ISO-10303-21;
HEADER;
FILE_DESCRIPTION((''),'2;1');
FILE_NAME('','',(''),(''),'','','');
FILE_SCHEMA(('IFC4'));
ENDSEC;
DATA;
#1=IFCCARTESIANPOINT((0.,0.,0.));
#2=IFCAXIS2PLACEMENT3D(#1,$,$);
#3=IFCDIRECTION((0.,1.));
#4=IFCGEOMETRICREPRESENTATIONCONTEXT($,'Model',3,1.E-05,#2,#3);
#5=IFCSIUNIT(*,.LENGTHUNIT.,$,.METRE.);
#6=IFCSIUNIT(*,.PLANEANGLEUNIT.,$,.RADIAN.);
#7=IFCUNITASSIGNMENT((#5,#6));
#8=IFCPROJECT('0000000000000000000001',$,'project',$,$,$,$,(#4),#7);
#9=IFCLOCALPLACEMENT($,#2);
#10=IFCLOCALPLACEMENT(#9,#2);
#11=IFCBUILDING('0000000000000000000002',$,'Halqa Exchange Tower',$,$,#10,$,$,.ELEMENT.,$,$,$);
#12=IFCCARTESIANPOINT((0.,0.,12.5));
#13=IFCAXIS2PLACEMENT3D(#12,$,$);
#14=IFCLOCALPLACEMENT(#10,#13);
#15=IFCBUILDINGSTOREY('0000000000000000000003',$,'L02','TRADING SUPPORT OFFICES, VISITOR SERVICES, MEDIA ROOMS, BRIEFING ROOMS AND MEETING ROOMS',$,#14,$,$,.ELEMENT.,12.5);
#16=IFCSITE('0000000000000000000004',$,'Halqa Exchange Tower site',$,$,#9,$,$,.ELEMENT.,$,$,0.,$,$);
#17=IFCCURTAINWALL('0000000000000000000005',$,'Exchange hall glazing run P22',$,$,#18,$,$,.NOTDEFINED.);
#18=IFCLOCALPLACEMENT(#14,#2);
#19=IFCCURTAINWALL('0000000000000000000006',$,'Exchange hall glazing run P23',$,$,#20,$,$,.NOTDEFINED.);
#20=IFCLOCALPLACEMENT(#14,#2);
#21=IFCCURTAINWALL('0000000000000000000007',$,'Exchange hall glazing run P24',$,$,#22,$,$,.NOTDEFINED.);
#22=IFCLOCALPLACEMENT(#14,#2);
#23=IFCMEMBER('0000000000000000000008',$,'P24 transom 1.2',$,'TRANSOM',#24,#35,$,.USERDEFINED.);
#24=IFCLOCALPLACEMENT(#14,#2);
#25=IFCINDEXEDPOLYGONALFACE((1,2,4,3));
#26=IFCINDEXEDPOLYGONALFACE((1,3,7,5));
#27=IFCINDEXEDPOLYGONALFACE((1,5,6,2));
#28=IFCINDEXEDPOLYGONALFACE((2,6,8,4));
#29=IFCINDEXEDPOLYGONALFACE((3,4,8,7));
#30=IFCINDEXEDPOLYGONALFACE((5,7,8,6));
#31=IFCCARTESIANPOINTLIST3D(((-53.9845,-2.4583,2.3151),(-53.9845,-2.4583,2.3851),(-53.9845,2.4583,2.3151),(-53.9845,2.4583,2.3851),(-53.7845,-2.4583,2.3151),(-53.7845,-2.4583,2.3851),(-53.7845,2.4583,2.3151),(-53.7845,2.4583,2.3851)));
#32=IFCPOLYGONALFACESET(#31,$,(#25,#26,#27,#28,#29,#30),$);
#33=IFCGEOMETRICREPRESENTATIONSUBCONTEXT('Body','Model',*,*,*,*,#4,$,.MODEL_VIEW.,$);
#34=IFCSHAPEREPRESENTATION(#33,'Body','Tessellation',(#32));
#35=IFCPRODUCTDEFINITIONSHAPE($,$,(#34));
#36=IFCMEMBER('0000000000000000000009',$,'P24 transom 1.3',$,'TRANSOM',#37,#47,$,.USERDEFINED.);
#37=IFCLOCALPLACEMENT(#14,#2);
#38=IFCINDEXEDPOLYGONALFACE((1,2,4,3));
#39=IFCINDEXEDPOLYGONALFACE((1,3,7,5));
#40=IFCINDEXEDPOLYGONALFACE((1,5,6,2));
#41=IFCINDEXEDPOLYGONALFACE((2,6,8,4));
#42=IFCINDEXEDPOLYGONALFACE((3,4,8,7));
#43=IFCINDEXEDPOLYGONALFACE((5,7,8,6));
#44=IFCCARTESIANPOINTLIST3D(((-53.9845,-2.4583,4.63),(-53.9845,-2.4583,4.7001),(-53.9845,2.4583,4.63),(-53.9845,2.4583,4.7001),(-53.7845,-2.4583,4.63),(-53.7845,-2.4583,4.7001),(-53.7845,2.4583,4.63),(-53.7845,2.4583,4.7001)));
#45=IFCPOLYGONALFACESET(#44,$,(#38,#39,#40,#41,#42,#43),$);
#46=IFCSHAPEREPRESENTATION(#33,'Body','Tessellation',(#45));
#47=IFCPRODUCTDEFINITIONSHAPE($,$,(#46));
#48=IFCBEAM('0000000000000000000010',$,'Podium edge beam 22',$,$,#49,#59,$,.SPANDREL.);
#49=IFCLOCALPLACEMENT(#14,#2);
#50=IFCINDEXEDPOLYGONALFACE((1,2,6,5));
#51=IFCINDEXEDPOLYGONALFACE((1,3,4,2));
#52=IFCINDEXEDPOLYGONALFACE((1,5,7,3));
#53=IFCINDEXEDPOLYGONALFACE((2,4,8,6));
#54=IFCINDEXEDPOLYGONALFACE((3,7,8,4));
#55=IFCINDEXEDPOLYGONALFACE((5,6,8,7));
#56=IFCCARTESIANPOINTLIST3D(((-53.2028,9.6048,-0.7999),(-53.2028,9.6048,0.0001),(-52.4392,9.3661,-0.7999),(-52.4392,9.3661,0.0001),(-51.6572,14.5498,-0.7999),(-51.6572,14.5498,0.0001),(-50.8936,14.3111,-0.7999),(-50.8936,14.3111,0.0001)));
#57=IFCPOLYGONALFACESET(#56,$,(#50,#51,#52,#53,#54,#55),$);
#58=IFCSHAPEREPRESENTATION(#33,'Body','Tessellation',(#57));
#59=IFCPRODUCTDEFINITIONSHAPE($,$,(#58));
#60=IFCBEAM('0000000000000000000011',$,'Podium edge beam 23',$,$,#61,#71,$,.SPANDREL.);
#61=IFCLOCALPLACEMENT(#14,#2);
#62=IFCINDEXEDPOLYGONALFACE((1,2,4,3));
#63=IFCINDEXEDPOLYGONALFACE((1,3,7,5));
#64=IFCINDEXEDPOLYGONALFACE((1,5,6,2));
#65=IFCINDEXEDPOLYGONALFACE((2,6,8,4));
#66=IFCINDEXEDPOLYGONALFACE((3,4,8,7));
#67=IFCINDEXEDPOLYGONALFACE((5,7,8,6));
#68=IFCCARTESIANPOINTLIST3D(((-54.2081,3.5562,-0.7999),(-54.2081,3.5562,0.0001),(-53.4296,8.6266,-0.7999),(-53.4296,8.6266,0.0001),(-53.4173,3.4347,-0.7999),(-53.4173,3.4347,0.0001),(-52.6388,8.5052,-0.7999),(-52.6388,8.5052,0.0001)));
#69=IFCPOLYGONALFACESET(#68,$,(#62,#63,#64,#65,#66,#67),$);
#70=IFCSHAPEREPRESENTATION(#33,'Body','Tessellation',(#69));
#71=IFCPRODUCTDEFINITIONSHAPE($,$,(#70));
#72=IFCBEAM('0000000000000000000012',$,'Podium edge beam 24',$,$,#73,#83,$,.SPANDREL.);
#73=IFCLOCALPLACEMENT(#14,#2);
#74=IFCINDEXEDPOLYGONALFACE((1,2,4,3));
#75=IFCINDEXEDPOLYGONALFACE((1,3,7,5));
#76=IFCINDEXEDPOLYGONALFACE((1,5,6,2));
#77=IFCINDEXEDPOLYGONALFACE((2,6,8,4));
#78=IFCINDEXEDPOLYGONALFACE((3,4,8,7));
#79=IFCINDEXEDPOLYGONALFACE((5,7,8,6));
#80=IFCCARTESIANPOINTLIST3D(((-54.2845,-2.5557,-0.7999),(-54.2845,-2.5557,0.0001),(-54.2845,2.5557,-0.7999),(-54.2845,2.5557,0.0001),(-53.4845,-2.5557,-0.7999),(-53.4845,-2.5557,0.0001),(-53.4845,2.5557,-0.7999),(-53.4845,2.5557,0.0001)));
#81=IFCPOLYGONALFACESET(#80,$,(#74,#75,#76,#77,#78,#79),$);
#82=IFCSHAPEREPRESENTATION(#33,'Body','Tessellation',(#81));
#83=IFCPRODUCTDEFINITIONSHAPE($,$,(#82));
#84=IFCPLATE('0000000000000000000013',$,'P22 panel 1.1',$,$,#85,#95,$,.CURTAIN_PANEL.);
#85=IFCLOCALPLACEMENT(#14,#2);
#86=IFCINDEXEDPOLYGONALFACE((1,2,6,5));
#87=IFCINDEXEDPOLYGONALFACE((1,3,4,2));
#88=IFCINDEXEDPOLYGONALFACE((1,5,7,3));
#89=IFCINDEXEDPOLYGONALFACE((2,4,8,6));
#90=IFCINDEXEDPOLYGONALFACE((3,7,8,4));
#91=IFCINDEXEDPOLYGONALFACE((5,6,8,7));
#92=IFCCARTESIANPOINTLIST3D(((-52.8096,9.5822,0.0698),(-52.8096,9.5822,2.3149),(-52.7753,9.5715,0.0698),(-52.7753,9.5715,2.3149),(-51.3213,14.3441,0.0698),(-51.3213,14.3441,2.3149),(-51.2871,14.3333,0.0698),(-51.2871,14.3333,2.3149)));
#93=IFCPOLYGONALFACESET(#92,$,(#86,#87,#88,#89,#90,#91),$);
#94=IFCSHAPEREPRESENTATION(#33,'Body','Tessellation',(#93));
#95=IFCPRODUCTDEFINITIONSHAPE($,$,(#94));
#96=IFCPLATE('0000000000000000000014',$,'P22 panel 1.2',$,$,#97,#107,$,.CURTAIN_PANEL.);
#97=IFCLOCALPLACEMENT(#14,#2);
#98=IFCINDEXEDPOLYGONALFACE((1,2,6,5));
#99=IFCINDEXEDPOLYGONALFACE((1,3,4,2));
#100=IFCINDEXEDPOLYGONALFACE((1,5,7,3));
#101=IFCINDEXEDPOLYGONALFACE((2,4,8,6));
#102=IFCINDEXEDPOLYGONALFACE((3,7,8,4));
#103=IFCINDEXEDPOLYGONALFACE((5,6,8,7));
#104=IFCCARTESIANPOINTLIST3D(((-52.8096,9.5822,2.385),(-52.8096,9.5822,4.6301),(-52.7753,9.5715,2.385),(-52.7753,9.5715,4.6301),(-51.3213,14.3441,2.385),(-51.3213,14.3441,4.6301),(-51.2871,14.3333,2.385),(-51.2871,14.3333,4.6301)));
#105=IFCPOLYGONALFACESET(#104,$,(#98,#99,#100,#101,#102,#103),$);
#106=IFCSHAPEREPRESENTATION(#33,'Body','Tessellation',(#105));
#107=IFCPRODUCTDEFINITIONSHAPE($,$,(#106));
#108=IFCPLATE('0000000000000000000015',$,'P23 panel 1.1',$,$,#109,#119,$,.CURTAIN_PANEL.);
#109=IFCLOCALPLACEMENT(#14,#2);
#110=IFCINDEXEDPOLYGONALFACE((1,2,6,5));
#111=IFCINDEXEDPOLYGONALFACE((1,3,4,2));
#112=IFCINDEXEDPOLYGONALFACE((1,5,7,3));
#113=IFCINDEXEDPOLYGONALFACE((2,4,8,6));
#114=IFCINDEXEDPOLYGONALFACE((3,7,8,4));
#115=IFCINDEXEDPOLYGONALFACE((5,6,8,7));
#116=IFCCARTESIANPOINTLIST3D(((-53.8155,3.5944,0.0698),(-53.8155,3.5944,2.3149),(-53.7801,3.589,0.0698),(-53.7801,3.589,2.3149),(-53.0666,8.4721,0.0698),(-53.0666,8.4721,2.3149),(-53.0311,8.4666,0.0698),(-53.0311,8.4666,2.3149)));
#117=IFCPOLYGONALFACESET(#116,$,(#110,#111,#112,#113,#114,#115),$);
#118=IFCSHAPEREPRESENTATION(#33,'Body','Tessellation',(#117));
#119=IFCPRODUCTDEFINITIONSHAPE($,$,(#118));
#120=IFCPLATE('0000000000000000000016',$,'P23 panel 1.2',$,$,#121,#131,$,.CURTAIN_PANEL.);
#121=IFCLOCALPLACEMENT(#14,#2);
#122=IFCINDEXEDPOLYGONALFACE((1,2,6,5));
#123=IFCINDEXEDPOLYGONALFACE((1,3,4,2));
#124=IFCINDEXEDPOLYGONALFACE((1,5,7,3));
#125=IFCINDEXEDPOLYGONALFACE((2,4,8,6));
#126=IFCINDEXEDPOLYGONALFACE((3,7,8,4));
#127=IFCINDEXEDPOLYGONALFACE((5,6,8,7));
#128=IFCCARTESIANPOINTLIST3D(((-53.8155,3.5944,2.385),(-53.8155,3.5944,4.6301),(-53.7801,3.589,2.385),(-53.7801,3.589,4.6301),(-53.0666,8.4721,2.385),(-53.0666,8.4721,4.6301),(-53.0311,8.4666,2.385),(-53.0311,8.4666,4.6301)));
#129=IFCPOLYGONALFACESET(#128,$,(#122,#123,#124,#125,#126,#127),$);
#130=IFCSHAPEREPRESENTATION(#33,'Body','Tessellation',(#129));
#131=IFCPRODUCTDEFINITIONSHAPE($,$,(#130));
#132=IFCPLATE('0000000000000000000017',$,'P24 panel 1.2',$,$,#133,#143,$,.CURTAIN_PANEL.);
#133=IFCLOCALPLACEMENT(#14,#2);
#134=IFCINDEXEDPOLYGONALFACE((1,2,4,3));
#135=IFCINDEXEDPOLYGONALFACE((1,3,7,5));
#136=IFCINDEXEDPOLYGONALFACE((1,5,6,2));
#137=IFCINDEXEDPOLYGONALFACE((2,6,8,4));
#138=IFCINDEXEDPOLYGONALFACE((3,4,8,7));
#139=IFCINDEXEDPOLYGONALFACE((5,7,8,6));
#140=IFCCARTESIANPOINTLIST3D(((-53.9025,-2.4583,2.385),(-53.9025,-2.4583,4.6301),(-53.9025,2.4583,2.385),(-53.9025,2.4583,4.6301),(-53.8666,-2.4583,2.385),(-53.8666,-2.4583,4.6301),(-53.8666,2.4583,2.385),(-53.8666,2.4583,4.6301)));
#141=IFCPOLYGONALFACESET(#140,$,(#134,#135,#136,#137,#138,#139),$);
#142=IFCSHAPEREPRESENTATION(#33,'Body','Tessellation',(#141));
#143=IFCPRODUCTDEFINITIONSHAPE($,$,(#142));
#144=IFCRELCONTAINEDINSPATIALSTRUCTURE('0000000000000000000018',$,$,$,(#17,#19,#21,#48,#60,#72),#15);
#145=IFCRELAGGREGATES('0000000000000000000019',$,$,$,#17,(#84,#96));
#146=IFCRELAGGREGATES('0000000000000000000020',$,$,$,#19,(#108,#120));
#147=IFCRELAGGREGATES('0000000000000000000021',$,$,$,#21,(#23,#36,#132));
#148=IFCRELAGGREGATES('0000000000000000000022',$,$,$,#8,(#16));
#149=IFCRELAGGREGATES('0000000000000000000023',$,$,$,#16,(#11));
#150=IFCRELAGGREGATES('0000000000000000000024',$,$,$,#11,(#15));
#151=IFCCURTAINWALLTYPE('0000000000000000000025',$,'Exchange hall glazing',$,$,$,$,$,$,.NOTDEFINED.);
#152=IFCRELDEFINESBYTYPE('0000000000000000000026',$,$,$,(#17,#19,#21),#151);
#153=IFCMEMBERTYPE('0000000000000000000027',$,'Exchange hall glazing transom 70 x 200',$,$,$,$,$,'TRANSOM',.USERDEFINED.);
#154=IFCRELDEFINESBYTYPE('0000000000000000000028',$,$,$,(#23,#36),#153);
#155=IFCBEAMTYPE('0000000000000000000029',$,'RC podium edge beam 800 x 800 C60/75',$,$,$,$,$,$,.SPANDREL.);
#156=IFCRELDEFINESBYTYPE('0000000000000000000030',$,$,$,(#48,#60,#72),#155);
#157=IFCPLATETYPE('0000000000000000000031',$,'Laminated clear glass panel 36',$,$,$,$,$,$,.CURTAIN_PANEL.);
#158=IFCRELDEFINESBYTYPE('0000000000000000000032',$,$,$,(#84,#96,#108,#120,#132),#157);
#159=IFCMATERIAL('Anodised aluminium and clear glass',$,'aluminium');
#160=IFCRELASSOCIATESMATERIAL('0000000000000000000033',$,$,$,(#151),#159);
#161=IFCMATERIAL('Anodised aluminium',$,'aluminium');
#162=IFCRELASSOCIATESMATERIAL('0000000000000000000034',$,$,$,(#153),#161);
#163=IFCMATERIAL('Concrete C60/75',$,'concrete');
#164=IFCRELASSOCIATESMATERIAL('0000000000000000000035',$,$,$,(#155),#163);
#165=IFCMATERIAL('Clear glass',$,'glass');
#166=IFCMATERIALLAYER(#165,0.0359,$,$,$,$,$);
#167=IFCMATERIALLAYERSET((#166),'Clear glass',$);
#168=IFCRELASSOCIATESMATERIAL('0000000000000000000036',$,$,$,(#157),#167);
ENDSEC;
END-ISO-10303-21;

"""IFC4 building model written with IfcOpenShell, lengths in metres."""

from ifc_helpers import new_model, si_unit, direction, frame, origin, origin_2d, place, context, subcontext, project, spatial, rectangle, extrude, material, layer, layer_set, material_profile, profile_set, type_object, element, aggregate, save


model = new_model("IFC4")

# Units and contexts
model_context = context("Model", 3, precision=1e-05, world=origin(), true_north=direction((0.0, 1.0)))
body_context = subcontext(model_context, "Body", "Model", "MODEL_VIEW")
ifc_project = project(units=[si_unit("LENGTHUNIT", "METRE"), si_unit("PLANEANGLEUNIT", "RADIAN")], contexts=[model_context])

# Site, building, storey
site_placement = place(None, origin())
site = spatial("IfcSite", under=ifc_project, at=site_placement, Name="Halqa Exchange Tower site", CompositionType="ELEMENT", RefElevation=0.0)
building_placement = place(site_placement, origin())
building = spatial("IfcBuilding", under=site, at=building_placement, Name="Halqa Exchange Tower", CompositionType="ELEMENT")
storey_placement = place(building_placement, frame((0.0, 0.0, 12.5)))
storey = spatial("IfcBuildingStorey", under=building, at=storey_placement, Name="L02", Description="TRADING SUPPORT OFFICES, VISITOR SERVICES, MEDIA ROOMS, BRIEFING ROOMS AND MEETING ROOMS", CompositionType="ELEMENT", Elevation=12.5)

# Shared definitions
ifc_material_1 = material(Name="Concrete C60/75", Category="concrete")

# Curtain walls
ifc_material_2 = material(Name="Anodised aluminium and clear glass", Category="aluminium")
curtain_wall_type = type_object("IfcCurtainWallType", Name="Exchange hall glazing", PredefinedType="NOTDEFINED", material=ifc_material_2)
curtain_wall_1_placement = place(storey_placement, origin())
curtain_wall_1 = element("IfcCurtainWall", 1, at=curtain_wall_1_placement, inside=storey, type_object=curtain_wall_type, Name="Exchange hall glazing run P22", PredefinedType="NOTDEFINED")
ifc_material_3 = material(Name="Anodised aluminium", Category="aluminium")
curtain_wall_2_placement = place(storey_placement, origin())
curtain_wall_2 = element("IfcCurtainWall", 2, at=curtain_wall_2_placement, inside=storey, type_object=curtain_wall_type, Name="Exchange hall glazing run P23", PredefinedType="NOTDEFINED")

# Curtain wall
curtain_wall_3_placement = place(storey_placement, origin())
curtain_wall_3 = element("IfcCurtainWall", 3, at=curtain_wall_3_placement, inside=storey, type_object=curtain_wall_type, Name="Exchange hall glazing run P24", PredefinedType="NOTDEFINED")

# Members
ifc_material_profile_1 = material_profile(ifc_material_3, rectangle(XDim=0.2, YDim=0.0701, at=origin_2d()), Name="AL 70x200")
ifc_profile_set_1 = profile_set([ifc_material_profile_1], Name="Anodised aluminium")
member_type_1 = type_object("IfcMemberType", Name="Exchange hall glazing transom 70 x 200", ElementType="TRANSOM", PredefinedType="USERDEFINED", material=ifc_profile_set_1)
member_1_placement = place(storey_placement, frame((-53.8845, 2.4583, 2.3501), z_axis=(0.0, -1.0, 0.0), x_axis=(1.0, 0.0, 0.0)))
member_1 = element("IfcMember", 4, at=member_1_placement, type_object=member_type_1, Name="P24 transom 1.2", ObjectType="TRANSOM", PredefinedType="USERDEFINED", context=body_context, shape_type="SweptSolid", body=[
    extrude(rectangle(XDim=0.2, YDim=0.0701, at=origin_2d()), origin(), (0.0, 0.0, 1.0), 4.9165),
])
member_2_placement = place(storey_placement, frame((-53.8845, 2.4583, 4.665), z_axis=(0.0, -1.0, 0.0), x_axis=(1.0, 0.0, 0.0)))
member_2 = element("IfcMember", 5, at=member_2_placement, type_object=member_type_1, Name="P24 transom 1.3", ObjectType="TRANSOM", PredefinedType="USERDEFINED", context=body_context, shape_type="SweptSolid", body=[
    extrude(rectangle(XDim=0.2, YDim=0.0701, at=origin_2d()), origin(), (0.0, 0.0, 1.0), 4.9165),
])

# Beams
ifc_material_profile_2 = material_profile(ifc_material_1, rectangle(XDim=0.8, YDim=0.8, at=origin_2d()), Name="800 x 800")
ifc_profile_set_2 = profile_set([ifc_material_profile_2], Name="Concrete C60/75")
beam_type = type_object("IfcBeamType", Name="RC podium edge beam 800 x 800 C60/75", PredefinedType="SPANDREL", material=ifc_profile_set_2)
beam_1_placement = place(storey_placement, frame((-51.2754, 14.4304, -0.3999), z_axis=(-0.298331, -0.954462, 0.0), x_axis=(0.954462, -0.298331, 0.0)))
element("IfcBeam", 6, at=beam_1_placement, inside=storey, type_object=beam_type, Name="Podium edge beam 22", PredefinedType="SPANDREL", context=body_context, shape_type="SweptSolid", body=[
    extrude(rectangle(XDim=0.8, YDim=0.8, at=origin_2d()), origin(), (0.0, 0.0, 1.0), 5.1809),
])
beam_2_placement = place(storey_placement, frame((-53.0342, 8.5659, -0.3999), z_axis=(-0.151768, -0.988416, 0.0), x_axis=(0.988416, -0.151768, 0.0)))
element("IfcBeam", 7, at=beam_2_placement, inside=storey, type_object=beam_type, Name="Podium edge beam 23", PredefinedType="SPANDREL", context=body_context, shape_type="SweptSolid", body=[
    extrude(rectangle(XDim=0.8, YDim=0.8, at=origin_2d()), origin(), (0.0, 0.0, 1.0), 5.1299),
])
beam_3_placement = place(storey_placement, frame((-53.8845, 2.5557, -0.3999), z_axis=(0.0, -1.0, 0.0), x_axis=(1.0, 0.0, 0.0)))
element("IfcBeam", 8, at=beam_3_placement, inside=storey, type_object=beam_type, Name="Podium edge beam 24", PredefinedType="SPANDREL", context=body_context, shape_type="SweptSolid", body=[
    extrude(rectangle(XDim=0.8, YDim=0.8, at=origin_2d()), origin(), (0.0, 0.0, 1.0), 5.1113),
])

# Plates
ifc_material_4 = material(Name="Clear glass", Category="glass")
ifc_layer = layer(ifc_material_4, 0.0359)
ifc_layer_set = layer_set([ifc_layer], Name="Clear glass")
plate_type = type_object("IfcPlateType", Name="Laminated clear glass panel 36", PredefinedType="CURTAIN_PANEL", material=ifc_layer_set)
plate_1_placement = place(storey_placement, frame((-52.0483, 11.9578, 0.0698), z_axis=(0.0, 0.0, 1.0), x_axis=(-0.298303, -0.954471, 0.0)))
plate_1 = element("IfcPlate", 9, at=plate_1_placement, type_object=plate_type, Name="P22 panel 1.1", PredefinedType="CURTAIN_PANEL", context=body_context, shape_type="SweptSolid", body=[
    extrude(rectangle(XDim=4.989, YDim=0.0359, at=origin_2d()), origin(), (0.0, 0.0, 1.0), 2.2451),
])
plate_2_placement = place(storey_placement, frame((-52.0483, 11.9578, 2.385), z_axis=(0.0, 0.0, 1.0), x_axis=(-0.298303, -0.954471, 0.0)))
plate_2 = element("IfcPlate", 10, at=plate_2_placement, type_object=plate_type, Name="P22 panel 1.2", PredefinedType="CURTAIN_PANEL", context=body_context, shape_type="SweptSolid", body=[
    extrude(rectangle(XDim=4.989, YDim=0.0359, at=origin_2d()), origin(), (0.0, 0.0, 1.0), 2.2451),
])
aggregate(curtain_wall_1, [plate_1, plate_2])
plate_3_placement = place(storey_placement, frame((-53.4233, 6.0305, 0.0698), z_axis=(0.0, 0.0, 1.0), x_axis=(-0.151767, -0.988416, 0.0)))
plate_3 = element("IfcPlate", 11, at=plate_3_placement, type_object=plate_type, Name="P23 panel 1.1", PredefinedType="CURTAIN_PANEL", context=body_context, shape_type="SweptSolid", body=[
    extrude(rectangle(XDim=4.9348, YDim=0.0359, at=origin_2d()), origin(), (0.0, 0.0, 1.0), 2.2451),
])
plate_4_placement = place(storey_placement, frame((-53.4233, 6.0305, 2.385), z_axis=(0.0, 0.0, 1.0), x_axis=(-0.151767, -0.988416, 0.0)))
plate_4 = element("IfcPlate", 12, at=plate_4_placement, type_object=plate_type, Name="P23 panel 1.2", PredefinedType="CURTAIN_PANEL", context=body_context, shape_type="SweptSolid", body=[
    extrude(rectangle(XDim=4.9348, YDim=0.0359, at=origin_2d()), origin(), (0.0, 0.0, 1.0), 2.2451),
])
aggregate(curtain_wall_2, [plate_3, plate_4])
plate_5_placement = place(storey_placement, frame((-53.8845, 0.0, 2.385), z_axis=(0.0, 0.0, 1.0), x_axis=(0.0, -1.0, 0.0)))
plate_5 = element("IfcPlate", 13, at=plate_5_placement, type_object=plate_type, Name="P24 panel 1.2", PredefinedType="CURTAIN_PANEL", context=body_context, shape_type="SweptSolid", body=[
    extrude(rectangle(XDim=4.9165, YDim=0.0359, at=origin_2d()), origin(), (0.0, 0.0, 1.0), 2.2451),
])
aggregate(curtain_wall_3, [member_1, member_2, plate_5])

save(model, "model.ifc")
